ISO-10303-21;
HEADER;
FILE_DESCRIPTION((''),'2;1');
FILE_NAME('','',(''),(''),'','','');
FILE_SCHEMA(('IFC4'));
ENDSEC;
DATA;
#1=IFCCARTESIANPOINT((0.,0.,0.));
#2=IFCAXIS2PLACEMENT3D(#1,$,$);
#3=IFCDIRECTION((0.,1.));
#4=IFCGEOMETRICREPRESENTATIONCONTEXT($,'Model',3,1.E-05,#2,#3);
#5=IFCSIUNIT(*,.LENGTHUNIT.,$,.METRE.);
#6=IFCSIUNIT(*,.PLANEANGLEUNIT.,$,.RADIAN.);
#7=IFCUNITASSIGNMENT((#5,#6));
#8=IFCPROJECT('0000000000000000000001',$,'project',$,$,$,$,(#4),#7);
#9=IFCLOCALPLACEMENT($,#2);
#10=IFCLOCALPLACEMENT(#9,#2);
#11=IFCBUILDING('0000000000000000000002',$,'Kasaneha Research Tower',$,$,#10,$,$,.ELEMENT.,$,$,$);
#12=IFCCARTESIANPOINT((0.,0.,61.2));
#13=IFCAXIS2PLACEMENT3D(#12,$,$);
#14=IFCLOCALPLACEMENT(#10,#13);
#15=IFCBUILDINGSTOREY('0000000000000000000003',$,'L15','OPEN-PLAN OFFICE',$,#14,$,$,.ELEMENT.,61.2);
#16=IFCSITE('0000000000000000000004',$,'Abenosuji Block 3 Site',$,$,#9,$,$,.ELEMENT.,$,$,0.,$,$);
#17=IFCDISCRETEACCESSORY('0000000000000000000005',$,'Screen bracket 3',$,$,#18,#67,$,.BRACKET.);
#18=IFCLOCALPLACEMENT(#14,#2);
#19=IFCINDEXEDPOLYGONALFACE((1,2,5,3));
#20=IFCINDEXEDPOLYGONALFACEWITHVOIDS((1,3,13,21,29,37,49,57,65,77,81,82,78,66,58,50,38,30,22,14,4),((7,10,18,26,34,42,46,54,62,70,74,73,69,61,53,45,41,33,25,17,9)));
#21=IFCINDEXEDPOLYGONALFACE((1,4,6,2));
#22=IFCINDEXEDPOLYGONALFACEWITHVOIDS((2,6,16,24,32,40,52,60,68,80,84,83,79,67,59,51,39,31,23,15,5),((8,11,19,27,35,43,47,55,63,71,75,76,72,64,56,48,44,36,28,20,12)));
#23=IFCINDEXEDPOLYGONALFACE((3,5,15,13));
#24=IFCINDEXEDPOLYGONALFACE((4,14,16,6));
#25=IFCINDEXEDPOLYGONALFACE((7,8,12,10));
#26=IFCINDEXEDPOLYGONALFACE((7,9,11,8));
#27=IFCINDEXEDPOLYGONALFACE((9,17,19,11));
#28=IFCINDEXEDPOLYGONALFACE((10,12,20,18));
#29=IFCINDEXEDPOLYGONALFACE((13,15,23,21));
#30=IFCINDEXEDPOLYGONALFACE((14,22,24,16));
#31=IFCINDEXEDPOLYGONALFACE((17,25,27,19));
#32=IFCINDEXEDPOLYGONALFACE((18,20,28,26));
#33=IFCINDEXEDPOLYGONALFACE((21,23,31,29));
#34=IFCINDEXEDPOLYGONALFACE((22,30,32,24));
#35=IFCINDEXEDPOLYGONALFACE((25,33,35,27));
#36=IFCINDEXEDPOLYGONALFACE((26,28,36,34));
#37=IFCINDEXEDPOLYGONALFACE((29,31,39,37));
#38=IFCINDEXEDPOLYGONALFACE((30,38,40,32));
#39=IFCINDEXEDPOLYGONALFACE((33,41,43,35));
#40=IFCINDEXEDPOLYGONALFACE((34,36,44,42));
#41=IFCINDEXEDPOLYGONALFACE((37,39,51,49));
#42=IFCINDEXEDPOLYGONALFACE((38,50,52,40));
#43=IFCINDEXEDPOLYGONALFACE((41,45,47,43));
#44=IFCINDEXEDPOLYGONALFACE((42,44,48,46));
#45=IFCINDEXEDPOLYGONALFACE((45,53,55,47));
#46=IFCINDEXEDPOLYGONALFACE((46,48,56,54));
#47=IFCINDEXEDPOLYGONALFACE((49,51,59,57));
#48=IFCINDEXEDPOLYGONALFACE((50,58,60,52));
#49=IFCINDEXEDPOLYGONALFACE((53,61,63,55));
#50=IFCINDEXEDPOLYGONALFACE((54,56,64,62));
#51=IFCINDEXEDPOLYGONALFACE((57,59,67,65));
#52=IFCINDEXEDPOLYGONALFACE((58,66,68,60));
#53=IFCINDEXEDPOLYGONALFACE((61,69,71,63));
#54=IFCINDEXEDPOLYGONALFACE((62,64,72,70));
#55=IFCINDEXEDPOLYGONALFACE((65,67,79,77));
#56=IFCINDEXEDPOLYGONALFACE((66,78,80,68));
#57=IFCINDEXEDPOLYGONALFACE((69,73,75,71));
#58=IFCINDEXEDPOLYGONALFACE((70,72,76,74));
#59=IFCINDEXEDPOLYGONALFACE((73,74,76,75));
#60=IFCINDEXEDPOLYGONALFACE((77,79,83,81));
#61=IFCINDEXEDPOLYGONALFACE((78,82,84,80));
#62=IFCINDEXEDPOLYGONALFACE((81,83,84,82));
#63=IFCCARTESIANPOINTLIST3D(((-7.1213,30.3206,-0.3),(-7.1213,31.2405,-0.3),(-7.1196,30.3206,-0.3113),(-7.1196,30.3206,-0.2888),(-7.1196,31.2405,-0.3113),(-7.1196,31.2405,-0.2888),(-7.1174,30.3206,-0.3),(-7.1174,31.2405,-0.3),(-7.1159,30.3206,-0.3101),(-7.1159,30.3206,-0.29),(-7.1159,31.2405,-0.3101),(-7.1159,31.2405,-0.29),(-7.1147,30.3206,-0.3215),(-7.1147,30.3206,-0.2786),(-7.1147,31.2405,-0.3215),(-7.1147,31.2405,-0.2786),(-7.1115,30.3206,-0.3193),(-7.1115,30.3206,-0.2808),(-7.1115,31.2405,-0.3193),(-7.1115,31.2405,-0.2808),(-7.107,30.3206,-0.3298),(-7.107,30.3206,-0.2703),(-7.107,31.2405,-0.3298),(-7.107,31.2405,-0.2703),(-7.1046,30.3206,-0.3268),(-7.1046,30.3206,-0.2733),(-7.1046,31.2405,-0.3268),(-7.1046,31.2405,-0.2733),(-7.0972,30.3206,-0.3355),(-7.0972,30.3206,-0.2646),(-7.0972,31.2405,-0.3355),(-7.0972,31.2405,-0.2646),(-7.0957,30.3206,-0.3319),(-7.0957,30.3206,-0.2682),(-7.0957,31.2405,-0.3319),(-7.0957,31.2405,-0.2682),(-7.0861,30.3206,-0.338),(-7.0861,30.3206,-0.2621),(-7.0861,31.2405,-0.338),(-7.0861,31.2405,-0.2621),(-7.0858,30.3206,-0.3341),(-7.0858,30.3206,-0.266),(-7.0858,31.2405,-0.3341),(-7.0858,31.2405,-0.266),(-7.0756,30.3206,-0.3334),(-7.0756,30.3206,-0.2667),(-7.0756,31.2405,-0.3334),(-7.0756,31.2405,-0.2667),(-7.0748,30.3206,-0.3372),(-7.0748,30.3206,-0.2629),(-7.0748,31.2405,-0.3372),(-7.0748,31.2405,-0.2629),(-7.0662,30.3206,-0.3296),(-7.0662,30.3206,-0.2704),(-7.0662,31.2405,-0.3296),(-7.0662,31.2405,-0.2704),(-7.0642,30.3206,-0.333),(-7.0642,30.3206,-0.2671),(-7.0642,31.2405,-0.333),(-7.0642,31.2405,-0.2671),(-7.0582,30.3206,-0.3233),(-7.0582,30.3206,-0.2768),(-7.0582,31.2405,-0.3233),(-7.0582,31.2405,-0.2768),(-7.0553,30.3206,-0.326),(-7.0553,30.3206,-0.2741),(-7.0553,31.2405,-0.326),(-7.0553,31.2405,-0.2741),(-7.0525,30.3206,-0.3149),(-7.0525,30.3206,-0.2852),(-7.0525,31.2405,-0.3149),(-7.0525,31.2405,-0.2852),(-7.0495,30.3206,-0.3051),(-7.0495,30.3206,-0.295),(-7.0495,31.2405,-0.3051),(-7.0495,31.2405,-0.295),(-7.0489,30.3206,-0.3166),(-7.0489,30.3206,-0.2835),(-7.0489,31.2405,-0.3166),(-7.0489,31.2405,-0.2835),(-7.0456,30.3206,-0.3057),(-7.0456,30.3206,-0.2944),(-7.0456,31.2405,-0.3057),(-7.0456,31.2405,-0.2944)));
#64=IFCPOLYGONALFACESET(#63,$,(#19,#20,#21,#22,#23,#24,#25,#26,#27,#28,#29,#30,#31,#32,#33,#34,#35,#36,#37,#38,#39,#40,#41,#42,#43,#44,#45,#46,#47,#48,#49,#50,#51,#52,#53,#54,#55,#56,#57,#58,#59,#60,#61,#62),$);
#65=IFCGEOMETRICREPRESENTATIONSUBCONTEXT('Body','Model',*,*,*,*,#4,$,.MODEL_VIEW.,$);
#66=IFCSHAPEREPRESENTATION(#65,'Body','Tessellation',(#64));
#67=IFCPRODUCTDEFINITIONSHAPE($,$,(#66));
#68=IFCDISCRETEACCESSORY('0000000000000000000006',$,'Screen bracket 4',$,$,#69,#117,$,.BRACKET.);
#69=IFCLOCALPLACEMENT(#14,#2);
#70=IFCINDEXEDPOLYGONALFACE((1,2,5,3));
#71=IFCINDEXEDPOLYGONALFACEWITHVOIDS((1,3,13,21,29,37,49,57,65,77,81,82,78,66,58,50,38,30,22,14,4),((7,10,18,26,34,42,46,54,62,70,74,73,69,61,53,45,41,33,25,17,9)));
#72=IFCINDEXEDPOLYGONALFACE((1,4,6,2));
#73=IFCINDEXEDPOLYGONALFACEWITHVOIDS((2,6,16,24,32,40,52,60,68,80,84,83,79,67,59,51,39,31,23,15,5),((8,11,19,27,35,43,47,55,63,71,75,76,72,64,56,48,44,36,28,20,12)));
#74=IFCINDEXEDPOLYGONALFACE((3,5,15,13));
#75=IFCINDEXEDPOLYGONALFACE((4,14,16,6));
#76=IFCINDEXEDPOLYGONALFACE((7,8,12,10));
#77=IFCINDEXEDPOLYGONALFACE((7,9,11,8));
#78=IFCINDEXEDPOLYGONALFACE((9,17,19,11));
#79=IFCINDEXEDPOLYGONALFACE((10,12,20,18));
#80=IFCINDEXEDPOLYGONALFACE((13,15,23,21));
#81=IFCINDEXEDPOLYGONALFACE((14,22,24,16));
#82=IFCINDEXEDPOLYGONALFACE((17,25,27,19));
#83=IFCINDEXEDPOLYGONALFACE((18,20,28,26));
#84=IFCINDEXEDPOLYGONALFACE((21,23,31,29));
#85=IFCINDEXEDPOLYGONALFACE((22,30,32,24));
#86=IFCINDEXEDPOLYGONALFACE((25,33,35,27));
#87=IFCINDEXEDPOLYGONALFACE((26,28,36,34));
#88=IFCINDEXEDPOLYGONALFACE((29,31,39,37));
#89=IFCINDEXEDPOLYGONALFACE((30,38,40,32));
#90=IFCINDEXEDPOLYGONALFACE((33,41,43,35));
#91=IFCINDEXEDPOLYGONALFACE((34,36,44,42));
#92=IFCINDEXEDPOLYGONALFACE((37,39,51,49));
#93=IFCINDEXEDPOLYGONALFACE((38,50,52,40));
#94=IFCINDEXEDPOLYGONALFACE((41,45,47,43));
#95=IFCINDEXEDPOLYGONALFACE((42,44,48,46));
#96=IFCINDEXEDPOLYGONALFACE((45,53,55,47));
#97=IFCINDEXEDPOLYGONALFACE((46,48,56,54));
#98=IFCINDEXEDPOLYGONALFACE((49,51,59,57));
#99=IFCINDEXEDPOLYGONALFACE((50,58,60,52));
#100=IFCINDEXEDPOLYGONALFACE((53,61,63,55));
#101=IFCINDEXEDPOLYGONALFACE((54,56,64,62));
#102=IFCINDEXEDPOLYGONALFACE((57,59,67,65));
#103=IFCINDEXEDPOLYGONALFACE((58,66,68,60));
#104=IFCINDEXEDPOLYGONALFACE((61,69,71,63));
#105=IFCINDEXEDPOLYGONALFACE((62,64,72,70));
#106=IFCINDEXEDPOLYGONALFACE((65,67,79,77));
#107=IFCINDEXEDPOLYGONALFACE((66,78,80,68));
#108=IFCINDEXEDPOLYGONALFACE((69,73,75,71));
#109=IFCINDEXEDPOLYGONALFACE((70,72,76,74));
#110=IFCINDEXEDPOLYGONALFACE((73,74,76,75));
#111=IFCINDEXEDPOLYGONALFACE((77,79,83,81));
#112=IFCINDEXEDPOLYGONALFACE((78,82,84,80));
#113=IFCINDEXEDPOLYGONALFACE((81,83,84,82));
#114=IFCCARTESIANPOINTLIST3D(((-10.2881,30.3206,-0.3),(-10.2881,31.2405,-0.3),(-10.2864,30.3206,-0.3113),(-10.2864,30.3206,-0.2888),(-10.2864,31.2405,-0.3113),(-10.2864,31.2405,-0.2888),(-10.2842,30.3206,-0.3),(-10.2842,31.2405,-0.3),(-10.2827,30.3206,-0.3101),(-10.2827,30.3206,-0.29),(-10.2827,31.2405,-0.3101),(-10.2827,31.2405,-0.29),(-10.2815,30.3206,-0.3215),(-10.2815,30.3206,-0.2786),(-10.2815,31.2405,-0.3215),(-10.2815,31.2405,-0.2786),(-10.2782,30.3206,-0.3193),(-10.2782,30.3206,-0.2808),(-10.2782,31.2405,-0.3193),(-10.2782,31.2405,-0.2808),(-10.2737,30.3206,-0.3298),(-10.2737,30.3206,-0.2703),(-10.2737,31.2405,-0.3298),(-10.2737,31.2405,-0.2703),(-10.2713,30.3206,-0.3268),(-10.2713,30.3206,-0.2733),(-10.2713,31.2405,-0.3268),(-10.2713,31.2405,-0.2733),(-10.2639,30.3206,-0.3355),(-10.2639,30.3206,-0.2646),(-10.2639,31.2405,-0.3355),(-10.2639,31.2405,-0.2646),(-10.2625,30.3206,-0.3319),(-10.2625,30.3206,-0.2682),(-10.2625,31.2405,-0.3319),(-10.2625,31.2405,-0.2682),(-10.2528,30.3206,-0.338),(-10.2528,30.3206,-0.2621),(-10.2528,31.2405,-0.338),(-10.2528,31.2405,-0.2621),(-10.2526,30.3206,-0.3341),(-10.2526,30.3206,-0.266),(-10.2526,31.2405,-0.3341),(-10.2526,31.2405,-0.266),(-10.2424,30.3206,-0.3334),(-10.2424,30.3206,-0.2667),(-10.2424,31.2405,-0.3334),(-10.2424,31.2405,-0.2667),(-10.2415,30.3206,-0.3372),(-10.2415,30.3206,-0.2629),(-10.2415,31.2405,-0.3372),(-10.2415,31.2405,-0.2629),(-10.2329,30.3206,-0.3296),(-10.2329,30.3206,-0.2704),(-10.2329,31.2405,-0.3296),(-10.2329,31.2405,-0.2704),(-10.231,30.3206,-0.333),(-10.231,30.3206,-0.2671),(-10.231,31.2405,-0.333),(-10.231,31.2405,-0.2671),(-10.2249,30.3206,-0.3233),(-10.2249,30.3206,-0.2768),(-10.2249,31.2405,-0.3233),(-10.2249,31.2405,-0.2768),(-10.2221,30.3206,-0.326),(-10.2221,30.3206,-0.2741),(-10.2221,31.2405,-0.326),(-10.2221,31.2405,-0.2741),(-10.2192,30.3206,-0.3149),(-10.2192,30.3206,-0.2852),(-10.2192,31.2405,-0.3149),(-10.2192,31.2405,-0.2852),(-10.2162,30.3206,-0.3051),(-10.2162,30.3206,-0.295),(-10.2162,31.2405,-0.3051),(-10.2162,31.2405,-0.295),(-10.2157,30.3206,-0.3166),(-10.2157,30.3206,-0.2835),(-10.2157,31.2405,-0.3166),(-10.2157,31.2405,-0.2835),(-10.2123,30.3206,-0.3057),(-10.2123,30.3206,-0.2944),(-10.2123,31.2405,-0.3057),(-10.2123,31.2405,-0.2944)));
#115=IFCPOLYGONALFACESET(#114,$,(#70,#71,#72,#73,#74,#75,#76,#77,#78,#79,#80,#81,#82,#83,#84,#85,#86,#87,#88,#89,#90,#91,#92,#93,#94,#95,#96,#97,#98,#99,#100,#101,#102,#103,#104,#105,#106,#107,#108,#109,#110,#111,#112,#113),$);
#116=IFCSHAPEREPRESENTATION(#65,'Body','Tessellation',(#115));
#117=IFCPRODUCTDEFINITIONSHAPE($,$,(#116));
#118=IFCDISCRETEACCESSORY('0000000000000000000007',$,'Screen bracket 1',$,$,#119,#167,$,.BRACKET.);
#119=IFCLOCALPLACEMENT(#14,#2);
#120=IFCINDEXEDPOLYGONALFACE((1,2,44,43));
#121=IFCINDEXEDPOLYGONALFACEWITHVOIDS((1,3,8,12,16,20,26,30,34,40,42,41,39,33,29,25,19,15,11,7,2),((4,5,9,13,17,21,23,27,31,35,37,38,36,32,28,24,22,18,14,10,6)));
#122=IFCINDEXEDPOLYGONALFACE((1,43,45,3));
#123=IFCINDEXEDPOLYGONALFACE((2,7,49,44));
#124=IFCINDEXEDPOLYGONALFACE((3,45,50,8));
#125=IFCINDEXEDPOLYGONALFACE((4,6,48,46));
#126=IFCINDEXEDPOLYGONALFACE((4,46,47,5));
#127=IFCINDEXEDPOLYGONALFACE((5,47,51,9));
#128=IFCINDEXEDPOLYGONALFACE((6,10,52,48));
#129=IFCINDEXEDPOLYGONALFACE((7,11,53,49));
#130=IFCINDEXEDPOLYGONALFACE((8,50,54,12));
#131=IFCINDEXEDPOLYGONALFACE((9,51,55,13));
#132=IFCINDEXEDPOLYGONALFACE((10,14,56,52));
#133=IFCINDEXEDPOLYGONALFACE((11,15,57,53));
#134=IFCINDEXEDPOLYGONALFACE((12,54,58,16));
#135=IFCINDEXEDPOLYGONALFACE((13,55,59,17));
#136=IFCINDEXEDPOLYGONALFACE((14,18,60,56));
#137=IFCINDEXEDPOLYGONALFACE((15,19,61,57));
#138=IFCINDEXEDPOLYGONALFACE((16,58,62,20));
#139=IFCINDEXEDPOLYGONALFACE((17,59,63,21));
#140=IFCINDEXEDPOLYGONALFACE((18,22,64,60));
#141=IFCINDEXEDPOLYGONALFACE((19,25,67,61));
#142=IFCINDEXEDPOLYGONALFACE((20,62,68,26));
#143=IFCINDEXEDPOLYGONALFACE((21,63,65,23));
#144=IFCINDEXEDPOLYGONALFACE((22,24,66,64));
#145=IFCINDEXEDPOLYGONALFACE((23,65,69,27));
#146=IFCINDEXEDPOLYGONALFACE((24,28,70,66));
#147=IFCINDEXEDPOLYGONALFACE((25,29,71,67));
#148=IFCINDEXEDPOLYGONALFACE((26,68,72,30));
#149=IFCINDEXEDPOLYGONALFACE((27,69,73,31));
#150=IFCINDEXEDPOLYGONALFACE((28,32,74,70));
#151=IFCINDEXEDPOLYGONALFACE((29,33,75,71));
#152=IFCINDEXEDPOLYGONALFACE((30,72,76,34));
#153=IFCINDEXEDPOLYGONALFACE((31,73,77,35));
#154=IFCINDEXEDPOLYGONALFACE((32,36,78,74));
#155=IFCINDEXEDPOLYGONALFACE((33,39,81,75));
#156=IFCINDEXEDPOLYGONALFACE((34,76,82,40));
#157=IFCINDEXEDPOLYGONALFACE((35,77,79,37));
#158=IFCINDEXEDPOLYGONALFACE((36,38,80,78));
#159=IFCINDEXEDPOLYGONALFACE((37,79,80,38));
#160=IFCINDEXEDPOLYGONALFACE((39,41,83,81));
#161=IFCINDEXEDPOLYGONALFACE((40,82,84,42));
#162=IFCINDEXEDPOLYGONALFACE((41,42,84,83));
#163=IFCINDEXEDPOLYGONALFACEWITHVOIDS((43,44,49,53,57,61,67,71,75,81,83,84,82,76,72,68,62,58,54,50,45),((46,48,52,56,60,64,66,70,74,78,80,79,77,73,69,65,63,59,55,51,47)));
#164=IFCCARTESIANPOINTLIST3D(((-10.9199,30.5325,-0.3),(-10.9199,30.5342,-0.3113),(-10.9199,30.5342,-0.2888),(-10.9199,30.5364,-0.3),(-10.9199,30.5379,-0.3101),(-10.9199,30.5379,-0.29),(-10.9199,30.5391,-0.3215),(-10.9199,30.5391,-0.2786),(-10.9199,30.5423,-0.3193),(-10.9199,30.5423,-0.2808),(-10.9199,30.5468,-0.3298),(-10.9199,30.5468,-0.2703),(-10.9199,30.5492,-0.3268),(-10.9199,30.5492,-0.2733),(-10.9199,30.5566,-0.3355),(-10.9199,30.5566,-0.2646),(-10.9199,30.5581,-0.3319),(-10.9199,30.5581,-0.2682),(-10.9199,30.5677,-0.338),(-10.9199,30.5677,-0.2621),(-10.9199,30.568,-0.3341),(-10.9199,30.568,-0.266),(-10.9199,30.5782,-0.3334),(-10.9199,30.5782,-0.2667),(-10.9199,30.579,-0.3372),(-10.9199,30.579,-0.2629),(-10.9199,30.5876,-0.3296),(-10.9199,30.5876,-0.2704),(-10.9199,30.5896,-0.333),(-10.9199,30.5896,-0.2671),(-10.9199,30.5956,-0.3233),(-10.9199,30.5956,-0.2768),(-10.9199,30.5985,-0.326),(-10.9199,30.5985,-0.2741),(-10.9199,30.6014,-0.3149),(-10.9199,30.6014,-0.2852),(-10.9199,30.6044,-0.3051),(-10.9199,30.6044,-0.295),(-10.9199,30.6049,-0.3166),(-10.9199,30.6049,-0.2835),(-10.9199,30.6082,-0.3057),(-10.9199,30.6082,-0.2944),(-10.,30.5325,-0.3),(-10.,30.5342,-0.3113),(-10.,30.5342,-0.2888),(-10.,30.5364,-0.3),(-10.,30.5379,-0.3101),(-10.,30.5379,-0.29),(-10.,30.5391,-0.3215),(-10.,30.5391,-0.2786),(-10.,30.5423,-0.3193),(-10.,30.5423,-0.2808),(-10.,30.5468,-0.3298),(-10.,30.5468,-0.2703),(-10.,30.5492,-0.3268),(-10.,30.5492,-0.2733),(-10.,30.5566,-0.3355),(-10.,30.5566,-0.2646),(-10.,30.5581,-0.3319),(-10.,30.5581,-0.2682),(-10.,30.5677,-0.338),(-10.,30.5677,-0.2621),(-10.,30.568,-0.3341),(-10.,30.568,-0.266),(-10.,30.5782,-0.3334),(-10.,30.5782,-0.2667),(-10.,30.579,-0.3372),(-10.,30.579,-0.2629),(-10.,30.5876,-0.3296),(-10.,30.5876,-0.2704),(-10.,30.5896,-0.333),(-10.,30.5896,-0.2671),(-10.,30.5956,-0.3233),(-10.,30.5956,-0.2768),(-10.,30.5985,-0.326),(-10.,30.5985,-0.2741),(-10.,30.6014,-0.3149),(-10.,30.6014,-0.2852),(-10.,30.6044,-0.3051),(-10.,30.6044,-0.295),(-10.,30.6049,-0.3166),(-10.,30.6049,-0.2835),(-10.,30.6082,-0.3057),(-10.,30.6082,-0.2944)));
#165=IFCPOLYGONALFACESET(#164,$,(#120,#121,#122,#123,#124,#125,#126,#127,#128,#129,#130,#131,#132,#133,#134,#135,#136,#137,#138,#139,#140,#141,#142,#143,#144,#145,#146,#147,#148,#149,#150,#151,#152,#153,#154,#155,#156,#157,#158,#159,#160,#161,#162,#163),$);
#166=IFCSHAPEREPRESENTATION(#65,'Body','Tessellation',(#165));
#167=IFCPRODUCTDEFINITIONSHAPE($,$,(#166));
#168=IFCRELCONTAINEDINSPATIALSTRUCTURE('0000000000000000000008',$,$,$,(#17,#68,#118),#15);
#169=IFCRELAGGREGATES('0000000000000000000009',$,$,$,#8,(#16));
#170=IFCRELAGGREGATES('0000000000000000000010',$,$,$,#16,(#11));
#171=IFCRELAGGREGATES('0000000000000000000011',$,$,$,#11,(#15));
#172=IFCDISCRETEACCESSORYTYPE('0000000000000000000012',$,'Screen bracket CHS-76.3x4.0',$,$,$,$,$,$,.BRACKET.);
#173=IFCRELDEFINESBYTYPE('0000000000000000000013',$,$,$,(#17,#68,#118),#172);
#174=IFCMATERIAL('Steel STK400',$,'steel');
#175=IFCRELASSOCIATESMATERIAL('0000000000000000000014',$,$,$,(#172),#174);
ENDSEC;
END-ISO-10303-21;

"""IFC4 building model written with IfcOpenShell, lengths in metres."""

from ifc_helpers import new_model, si_unit, direction, frame, origin, origin_2d, place, context, subcontext, project, spatial, hollow_circle, extrude, material, material_profile, profile_set, type_object, element, save


model = new_model("IFC4")

# Units and contexts
model_context = context("Model", 3, precision=1e-05, world=origin(), true_north=direction((0.0, 1.0)))
body_context = subcontext(model_context, "Body", "Model", "MODEL_VIEW")
ifc_project = project(units=[si_unit("LENGTHUNIT", "METRE"), si_unit("PLANEANGLEUNIT", "RADIAN")], contexts=[model_context])

# Site, building, storey
site_placement = place(None, origin())
site = spatial("IfcSite", under=ifc_project, at=site_placement, Name="Abenosuji Block 3 Site", CompositionType="ELEMENT", RefElevation=0.0)
building_placement = place(site_placement, origin())
building = spatial("IfcBuilding", under=site, at=building_placement, Name="Kasaneha Research Tower", CompositionType="ELEMENT")
storey_placement = place(building_placement, frame((0.0, 0.0, 61.2)))
storey = spatial("IfcBuildingStorey", under=building, at=storey_placement, Name="L15", Description="OPEN-PLAN OFFICE", CompositionType="ELEMENT", Elevation=61.2)

# Discrete accessories
ifc_material_1 = material(Name="Steel STK400", Category="steel")
ifc_material_profile_1 = material_profile(ifc_material_1, hollow_circle(Radius=0.0381, WallThickness=0.0039, at=origin_2d()), Name="CHS-76.3x4.0")
ifc_profile_set_1 = profile_set([ifc_material_profile_1], Name="Steel STK400")
discrete_accessory_type = type_object("IfcDiscreteAccessoryType", Name="Screen bracket CHS-76.3x4.0", PredefinedType="BRACKET", material=ifc_profile_set_1)
for number, where, z_axis, x_axis, name in (
    (1, (-7.0833, 30.3206, -0.3), (0.0, 1.0, 0.0), (-1.0, 0.0, 0.0), "Screen bracket 3"),
    (2, (-10.25, 30.3206, -0.3), (0.0, 1.0, 0.0), (-1.0, 0.0, 0.0), "Screen bracket 4"),
    (3, (-10.0, 30.5706, -0.3), (-1.0, 0.0, 0.0), (0.0, -1.0, 0.0), "Screen bracket 1"),
):
    element("IfcDiscreteAccessory", number, at=place(storey_placement, frame(where, z_axis=z_axis, x_axis=x_axis)), inside=storey, type_object=discrete_accessory_type, Name=name, PredefinedType="BRACKET", context=body_context, shape_type="SweptSolid", body=[
        extrude(hollow_circle(Radius=0.0381, WallThickness=0.0039, at=origin_2d()), origin(), (0.0, 0.0, 1.0), 0.9199),
    ])

save(model, "model.ifc")
